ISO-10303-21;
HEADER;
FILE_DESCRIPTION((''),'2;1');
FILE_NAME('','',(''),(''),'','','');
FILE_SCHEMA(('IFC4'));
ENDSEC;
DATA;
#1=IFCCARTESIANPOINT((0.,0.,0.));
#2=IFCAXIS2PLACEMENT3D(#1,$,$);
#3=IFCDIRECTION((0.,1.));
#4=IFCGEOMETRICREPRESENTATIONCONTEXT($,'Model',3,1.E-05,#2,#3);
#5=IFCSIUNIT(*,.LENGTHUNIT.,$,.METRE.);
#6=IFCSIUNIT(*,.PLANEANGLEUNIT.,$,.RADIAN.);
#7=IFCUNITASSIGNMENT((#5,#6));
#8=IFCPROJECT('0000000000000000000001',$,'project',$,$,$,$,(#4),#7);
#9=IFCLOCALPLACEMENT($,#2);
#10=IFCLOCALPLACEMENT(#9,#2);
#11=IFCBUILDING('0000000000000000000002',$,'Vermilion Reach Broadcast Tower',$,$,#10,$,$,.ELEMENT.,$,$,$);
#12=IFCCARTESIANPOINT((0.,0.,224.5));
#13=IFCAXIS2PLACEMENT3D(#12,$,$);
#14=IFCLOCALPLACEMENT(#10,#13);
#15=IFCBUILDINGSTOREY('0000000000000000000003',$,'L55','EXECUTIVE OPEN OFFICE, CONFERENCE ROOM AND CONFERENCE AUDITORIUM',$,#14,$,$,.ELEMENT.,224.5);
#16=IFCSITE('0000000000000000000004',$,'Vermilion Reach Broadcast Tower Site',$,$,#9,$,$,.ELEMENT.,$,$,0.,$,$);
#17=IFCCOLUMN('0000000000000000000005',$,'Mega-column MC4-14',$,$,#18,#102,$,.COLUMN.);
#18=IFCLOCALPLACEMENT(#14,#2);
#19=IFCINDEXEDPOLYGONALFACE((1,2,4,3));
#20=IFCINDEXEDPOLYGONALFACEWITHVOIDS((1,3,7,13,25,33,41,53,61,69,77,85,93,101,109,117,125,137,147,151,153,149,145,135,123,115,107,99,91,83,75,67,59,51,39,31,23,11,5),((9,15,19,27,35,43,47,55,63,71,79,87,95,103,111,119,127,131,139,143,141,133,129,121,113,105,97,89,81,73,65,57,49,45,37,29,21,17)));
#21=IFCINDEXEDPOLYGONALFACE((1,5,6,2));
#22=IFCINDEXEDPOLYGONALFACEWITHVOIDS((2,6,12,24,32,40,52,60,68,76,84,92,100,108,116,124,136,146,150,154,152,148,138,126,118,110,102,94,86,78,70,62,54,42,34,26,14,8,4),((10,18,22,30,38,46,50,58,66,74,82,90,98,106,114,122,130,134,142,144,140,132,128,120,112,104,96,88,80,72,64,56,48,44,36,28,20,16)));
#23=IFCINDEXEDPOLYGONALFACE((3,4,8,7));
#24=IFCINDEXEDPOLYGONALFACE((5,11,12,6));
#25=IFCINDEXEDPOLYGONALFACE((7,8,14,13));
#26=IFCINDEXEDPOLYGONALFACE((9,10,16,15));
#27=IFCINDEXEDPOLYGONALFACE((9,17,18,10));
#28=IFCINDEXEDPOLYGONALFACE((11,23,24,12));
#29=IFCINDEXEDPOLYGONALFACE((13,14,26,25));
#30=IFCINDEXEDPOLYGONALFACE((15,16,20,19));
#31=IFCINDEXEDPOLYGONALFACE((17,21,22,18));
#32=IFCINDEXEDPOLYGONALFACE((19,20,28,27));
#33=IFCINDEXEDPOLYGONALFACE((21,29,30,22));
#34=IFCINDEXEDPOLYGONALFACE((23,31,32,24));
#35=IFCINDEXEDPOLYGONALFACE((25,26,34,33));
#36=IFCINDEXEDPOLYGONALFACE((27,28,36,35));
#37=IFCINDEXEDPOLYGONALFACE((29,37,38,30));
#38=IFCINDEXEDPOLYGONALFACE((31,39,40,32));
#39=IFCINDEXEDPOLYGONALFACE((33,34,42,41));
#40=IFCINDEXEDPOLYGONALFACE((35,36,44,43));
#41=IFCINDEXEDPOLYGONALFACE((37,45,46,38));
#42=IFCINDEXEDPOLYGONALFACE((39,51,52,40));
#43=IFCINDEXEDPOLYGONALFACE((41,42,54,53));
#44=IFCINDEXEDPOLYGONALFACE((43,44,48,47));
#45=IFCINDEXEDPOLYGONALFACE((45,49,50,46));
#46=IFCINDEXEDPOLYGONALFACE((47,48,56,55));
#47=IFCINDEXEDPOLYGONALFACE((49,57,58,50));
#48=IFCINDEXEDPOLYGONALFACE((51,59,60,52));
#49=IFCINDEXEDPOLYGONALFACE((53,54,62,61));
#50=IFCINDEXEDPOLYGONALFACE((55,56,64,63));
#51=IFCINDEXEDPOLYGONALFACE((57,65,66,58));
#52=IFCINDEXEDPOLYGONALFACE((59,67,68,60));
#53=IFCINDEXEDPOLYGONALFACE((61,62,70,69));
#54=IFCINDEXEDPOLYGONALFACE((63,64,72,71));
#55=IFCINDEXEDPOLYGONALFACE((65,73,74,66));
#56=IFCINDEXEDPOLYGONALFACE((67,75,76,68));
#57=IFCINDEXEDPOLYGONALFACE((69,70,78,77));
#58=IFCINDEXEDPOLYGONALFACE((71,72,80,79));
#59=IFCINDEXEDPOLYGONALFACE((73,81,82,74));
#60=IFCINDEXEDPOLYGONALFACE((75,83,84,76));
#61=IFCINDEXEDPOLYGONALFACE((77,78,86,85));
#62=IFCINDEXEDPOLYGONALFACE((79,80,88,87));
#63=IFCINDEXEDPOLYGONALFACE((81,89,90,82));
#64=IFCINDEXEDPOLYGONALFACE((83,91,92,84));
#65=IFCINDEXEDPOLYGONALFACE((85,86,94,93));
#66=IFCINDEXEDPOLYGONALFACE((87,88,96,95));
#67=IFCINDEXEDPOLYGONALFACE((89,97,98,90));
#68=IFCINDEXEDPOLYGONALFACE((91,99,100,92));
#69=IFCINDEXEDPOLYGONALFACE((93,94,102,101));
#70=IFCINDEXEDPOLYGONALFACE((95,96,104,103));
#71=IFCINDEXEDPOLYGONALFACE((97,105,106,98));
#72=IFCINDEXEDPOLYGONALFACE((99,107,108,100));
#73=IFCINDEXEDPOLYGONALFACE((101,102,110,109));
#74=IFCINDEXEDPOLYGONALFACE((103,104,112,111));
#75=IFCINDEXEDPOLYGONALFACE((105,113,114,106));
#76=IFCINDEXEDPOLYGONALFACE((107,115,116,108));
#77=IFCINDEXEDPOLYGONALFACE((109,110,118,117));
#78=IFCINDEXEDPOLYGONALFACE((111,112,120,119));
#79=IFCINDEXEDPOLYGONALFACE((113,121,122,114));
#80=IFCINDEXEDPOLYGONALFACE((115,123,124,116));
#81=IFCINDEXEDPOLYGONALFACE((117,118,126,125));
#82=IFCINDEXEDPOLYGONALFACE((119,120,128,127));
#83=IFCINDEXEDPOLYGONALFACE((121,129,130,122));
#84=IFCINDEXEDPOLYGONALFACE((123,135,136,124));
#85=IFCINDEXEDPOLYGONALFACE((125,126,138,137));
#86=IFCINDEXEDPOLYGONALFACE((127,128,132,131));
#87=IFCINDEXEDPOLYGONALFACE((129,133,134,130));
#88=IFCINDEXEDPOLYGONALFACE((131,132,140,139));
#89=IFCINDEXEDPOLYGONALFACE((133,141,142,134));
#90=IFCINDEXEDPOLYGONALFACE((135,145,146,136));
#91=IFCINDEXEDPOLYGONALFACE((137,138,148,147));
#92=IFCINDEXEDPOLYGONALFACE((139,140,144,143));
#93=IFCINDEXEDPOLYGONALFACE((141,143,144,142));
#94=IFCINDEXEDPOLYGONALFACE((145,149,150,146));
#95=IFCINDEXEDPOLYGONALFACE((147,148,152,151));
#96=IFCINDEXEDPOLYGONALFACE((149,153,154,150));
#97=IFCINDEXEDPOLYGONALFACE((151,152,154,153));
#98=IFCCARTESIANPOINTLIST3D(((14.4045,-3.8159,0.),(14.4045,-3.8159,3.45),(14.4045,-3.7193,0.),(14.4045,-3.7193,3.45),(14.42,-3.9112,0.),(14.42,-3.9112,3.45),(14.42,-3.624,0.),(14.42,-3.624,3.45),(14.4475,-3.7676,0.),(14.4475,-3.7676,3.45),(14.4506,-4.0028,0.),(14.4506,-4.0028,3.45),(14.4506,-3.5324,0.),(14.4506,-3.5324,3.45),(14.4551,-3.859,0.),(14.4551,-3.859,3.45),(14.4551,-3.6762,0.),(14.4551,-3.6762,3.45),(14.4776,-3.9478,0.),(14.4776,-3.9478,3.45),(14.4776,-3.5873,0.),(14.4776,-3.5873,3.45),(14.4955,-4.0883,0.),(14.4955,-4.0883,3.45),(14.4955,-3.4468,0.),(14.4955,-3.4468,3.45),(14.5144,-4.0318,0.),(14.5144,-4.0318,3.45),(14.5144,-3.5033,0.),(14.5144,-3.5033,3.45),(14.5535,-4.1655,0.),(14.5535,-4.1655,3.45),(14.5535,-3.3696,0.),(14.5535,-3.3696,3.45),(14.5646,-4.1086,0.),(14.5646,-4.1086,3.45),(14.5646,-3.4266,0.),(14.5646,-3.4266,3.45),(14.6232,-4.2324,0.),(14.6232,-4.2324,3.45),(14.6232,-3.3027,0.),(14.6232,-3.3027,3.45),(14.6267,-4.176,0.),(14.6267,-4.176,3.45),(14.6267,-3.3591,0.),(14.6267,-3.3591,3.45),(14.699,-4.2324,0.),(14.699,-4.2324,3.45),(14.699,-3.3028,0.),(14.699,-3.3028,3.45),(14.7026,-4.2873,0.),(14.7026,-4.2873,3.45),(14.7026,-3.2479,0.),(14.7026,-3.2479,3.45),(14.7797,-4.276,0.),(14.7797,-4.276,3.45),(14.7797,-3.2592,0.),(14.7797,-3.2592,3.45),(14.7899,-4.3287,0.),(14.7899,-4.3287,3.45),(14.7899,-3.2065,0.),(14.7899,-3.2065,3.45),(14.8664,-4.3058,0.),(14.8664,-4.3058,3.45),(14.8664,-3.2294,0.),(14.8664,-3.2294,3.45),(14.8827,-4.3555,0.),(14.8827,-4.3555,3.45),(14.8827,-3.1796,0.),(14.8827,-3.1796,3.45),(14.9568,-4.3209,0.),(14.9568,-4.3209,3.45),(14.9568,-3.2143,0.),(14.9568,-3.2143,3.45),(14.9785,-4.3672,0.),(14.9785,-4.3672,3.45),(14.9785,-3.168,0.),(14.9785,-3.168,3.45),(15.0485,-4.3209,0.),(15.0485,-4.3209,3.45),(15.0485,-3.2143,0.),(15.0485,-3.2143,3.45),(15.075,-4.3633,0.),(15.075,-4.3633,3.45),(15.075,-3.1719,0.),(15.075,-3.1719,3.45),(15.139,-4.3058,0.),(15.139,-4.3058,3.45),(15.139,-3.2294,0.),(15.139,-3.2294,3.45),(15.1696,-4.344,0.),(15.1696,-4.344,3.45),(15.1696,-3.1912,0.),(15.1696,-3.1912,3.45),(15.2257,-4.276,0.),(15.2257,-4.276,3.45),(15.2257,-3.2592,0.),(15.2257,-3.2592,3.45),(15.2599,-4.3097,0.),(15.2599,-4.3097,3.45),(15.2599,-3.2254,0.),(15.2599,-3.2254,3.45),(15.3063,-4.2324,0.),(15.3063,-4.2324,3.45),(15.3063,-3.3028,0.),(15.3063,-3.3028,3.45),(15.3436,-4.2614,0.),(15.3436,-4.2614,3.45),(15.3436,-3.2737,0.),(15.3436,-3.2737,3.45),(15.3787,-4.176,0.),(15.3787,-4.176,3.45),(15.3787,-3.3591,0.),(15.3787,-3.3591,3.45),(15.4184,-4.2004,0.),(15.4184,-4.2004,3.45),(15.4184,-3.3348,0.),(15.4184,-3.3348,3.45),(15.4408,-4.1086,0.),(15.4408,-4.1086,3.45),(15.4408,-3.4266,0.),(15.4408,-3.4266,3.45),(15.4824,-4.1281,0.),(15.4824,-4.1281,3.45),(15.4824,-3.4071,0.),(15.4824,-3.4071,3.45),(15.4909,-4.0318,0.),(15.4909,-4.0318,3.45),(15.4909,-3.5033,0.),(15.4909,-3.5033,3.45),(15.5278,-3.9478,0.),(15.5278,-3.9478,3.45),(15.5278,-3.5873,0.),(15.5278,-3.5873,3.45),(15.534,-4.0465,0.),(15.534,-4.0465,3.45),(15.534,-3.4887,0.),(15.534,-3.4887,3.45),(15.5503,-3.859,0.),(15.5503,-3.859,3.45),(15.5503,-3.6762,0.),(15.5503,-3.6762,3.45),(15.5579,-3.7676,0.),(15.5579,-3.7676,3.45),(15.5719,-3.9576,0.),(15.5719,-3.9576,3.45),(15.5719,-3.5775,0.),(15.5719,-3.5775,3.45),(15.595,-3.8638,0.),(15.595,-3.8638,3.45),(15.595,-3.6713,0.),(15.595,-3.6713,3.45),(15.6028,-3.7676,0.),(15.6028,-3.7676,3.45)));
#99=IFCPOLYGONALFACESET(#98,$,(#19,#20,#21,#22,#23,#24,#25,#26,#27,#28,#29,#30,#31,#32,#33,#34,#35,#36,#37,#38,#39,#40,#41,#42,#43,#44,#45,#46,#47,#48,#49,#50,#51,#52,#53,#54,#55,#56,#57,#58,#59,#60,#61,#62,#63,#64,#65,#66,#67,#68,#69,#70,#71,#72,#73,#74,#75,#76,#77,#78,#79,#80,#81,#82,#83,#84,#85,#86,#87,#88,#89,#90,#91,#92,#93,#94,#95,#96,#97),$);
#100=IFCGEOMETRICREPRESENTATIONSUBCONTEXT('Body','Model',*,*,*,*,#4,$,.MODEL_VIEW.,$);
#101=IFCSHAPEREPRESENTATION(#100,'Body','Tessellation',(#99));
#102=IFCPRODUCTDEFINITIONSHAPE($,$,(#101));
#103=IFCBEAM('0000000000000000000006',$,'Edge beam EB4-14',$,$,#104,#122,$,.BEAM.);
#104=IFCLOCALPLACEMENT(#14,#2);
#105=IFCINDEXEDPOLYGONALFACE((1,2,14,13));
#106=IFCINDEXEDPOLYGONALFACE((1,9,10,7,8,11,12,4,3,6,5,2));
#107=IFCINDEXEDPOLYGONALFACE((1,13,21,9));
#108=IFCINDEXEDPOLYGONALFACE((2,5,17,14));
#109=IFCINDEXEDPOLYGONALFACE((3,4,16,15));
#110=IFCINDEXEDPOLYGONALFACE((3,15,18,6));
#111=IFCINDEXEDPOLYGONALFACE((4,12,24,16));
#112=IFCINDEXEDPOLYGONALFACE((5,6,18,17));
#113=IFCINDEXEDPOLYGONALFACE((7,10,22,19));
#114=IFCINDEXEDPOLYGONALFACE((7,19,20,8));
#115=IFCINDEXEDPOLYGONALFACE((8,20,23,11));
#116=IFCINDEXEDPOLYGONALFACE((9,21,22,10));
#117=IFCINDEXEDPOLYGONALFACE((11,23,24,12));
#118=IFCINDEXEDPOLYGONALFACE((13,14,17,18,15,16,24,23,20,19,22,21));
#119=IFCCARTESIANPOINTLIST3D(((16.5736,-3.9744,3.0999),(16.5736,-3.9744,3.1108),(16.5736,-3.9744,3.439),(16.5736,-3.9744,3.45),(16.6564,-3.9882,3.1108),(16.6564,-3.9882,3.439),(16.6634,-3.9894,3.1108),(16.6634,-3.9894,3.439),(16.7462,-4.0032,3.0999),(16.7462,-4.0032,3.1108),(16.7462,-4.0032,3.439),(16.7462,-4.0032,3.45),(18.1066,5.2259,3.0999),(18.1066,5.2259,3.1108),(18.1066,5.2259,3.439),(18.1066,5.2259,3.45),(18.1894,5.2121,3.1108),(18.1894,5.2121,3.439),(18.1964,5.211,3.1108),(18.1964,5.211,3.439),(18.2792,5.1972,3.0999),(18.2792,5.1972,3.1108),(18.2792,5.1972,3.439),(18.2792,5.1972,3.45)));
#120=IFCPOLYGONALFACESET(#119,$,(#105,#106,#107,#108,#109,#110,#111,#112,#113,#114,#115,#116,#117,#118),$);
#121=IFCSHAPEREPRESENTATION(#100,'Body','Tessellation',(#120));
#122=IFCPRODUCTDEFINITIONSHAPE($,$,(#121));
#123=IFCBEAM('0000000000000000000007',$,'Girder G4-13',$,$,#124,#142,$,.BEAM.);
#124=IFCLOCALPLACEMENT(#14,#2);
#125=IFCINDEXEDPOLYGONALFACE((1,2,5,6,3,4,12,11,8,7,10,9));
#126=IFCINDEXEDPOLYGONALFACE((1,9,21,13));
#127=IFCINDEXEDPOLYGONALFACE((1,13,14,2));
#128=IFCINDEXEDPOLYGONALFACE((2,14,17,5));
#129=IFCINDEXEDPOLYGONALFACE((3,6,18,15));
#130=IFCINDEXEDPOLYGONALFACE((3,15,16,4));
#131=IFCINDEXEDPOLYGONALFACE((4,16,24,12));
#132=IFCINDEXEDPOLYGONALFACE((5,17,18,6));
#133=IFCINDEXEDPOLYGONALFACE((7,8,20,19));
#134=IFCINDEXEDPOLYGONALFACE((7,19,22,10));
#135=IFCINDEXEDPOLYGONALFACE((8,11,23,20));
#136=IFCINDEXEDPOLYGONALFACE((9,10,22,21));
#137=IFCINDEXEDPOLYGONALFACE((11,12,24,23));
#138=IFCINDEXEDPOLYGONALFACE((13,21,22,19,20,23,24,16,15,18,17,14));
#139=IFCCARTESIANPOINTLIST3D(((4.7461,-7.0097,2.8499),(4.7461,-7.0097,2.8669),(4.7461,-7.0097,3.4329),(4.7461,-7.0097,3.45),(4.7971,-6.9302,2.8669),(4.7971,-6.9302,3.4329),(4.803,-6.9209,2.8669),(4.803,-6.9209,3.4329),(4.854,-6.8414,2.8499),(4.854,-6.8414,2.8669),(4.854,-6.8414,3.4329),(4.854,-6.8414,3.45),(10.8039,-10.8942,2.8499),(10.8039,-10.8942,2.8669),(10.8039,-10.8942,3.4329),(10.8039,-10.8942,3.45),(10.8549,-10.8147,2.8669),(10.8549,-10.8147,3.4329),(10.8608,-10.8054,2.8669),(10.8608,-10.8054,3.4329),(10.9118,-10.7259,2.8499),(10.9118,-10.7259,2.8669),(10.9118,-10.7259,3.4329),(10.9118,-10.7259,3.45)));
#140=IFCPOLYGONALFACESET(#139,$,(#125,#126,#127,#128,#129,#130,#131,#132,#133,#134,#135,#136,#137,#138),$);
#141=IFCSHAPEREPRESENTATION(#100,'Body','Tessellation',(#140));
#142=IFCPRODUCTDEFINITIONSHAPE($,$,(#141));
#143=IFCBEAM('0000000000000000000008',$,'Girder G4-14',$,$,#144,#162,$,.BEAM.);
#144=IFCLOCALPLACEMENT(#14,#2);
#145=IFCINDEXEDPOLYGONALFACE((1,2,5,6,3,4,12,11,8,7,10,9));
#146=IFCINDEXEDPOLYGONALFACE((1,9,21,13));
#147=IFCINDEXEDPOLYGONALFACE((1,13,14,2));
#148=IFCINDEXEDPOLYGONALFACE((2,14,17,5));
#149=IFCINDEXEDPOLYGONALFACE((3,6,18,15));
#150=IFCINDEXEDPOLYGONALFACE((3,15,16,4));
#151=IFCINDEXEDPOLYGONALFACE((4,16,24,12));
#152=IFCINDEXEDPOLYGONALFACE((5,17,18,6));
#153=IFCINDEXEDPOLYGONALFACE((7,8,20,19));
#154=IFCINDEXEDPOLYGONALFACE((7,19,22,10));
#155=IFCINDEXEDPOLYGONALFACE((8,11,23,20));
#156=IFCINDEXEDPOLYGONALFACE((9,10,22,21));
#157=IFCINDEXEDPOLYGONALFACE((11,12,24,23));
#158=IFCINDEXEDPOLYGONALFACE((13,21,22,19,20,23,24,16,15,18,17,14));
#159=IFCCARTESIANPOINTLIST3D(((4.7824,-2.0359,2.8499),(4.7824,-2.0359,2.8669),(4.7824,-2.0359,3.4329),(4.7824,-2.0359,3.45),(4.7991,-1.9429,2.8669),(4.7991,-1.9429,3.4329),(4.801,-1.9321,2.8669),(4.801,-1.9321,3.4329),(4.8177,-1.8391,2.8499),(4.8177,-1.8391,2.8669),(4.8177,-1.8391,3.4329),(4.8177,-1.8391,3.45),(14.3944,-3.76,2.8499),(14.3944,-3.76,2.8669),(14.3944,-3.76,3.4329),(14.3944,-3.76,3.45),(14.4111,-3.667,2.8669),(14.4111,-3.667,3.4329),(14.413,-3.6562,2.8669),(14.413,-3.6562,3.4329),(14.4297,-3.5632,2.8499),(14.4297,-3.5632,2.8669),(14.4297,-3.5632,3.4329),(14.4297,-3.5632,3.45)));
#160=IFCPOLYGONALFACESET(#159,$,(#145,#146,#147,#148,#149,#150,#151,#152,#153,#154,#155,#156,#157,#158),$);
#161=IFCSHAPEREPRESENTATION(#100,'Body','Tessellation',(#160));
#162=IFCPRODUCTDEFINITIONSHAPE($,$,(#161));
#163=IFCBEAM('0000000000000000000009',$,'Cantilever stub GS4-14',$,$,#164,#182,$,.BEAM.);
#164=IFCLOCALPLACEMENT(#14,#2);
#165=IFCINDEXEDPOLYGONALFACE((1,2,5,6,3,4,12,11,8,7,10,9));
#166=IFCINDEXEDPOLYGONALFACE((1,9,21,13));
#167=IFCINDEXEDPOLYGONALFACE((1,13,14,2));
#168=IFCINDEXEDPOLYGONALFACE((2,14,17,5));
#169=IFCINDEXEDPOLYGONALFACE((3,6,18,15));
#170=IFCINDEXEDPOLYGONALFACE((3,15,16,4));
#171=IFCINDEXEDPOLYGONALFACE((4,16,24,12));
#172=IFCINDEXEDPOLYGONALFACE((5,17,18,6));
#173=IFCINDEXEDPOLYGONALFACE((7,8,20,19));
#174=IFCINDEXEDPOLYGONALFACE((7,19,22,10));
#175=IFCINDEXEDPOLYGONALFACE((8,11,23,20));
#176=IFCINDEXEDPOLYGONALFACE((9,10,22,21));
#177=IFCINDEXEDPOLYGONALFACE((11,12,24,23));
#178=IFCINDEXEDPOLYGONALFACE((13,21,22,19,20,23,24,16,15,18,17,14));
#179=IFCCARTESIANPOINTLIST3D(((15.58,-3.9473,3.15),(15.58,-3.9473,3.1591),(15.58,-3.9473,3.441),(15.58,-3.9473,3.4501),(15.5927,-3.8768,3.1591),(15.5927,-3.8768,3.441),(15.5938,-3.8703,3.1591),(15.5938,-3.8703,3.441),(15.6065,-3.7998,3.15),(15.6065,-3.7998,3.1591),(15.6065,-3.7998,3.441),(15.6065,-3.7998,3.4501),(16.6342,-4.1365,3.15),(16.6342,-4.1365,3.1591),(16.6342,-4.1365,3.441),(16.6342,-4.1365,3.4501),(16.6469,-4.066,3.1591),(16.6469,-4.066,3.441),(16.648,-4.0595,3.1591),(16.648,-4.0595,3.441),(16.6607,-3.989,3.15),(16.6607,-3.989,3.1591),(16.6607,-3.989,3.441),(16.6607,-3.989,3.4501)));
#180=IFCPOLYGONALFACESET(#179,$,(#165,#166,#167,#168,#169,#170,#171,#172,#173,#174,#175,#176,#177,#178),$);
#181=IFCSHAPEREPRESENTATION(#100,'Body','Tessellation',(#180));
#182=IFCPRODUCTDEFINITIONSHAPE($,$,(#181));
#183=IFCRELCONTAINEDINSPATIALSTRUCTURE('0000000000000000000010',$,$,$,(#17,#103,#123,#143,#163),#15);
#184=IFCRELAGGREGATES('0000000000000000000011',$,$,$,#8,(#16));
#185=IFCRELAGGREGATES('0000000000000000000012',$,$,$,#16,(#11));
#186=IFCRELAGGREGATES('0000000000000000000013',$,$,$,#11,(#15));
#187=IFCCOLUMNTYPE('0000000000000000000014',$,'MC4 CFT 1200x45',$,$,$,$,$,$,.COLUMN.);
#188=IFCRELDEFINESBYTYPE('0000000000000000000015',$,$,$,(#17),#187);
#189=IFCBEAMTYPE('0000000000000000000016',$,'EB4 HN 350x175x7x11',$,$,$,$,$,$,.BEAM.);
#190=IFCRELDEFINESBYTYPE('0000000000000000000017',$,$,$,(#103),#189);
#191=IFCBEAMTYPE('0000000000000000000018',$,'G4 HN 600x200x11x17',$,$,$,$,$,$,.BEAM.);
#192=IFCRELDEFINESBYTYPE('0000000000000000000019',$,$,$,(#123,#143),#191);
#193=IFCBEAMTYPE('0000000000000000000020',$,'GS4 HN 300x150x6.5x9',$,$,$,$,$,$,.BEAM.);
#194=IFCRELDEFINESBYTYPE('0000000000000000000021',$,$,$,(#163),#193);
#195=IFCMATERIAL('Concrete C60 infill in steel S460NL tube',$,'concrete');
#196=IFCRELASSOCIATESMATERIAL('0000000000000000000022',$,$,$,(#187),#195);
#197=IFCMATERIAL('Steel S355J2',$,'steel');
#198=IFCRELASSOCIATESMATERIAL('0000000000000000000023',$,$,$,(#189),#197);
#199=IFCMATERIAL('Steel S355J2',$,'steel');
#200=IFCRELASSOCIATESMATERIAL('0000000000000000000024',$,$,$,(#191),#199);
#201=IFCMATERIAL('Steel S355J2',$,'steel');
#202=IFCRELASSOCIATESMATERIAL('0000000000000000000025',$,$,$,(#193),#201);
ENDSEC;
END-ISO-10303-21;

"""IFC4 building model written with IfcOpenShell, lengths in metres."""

from ifc_helpers import new_model, si_unit, direction, frame, origin, origin_2d, place, context, subcontext, project, spatial, hollow_circle, i_section, extrude, material, material_profile, profile_set, type_object, element, save


model = new_model("IFC4")

# Units and contexts
model_context = context("Model", 3, precision=1e-05, world=origin(), true_north=direction((0.0, 1.0)))
body_context = subcontext(model_context, "Body", "Model", "MODEL_VIEW")
ifc_project = project(units=[si_unit("LENGTHUNIT", "METRE"), si_unit("PLANEANGLEUNIT", "RADIAN")], contexts=[model_context])

# Site, building, storey
site_placement = place(None, origin())
site = spatial("IfcSite", under=ifc_project, at=site_placement, Name="Vermilion Reach Broadcast Tower Site", CompositionType="ELEMENT", RefElevation=0.0)
building_placement = place(site_placement, origin())
building = spatial("IfcBuilding", under=site, at=building_placement, Name="Vermilion Reach Broadcast Tower", CompositionType="ELEMENT")
storey_placement = place(building_placement, frame((0.0, 0.0, 224.5)))
storey = spatial("IfcBuildingStorey", under=building, at=storey_placement, Name="L55", Description="EXECUTIVE OPEN OFFICE, CONFERENCE ROOM AND CONFERENCE AUDITORIUM", CompositionType="ELEMENT", Elevation=224.5)

# Column
ifc_material_1 = material(Name="Concrete C60 infill in steel S460NL tube", Category="concrete")
ifc_material_profile_1 = material_profile(ifc_material_1, hollow_circle(Radius=0.6001, WallThickness=0.0449, at=origin_2d()), Name="Concrete C60 infill in steel S460NL tube CFT 1200x45")
ifc_profile_set_1 = profile_set([ifc_material_profile_1], Name="Concrete C60 infill in steel S460NL tube")
column_type = type_object("IfcColumnType", Name="MC4 CFT 1200x45", PredefinedType="COLUMN", material=ifc_profile_set_1)
column_placement = place(storey_placement, frame((15.0027, -3.7676, 0.0), z_axis=(0.0, 0.0, 1.0), x_axis=(1.0, 0.0, 0.0)))
element("IfcColumn", 1, at=column_placement, inside=storey, type_object=column_type, Name="Mega-column MC4-14", PredefinedType="COLUMN", context=body_context, shape_type="SweptSolid", body=[
    extrude(hollow_circle(Radius=0.6001, WallThickness=0.0449, at=origin_2d()), origin(), (0.0, 0.0, 1.0), 3.45),
])

# Beams
ifc_material_2 = material(Name="Steel S355J2", Category="steel")
ifc_material_profile_2 = material_profile(ifc_material_2, i_section(OverallWidth=0.175, OverallDepth=0.3501, WebThickness=0.0071, FlangeThickness=0.011, at=origin_2d()), Name="S355J2 HN 350x175x7x11")
ifc_profile_set_2 = profile_set([ifc_material_profile_2], Name="Steel S355J2")
beam_type_1 = type_object("IfcBeamType", Name="EB4 HN 350x175x7x11", PredefinedType="BEAM", material=ifc_profile_set_2)
beam_1_placement = place(storey_placement, frame((16.6599, -3.9888, 3.2749), z_axis=(0.164357, 0.986401, 0.0), x_axis=(-0.986401, 0.164357, 0.0)))
element("IfcBeam", 2, at=beam_1_placement, inside=storey, type_object=beam_type_1, Name="Edge beam EB4-14", PredefinedType="BEAM", context=body_context, shape_type="SweptSolid", body=[
    extrude(i_section(OverallWidth=0.175, OverallDepth=0.3501, WebThickness=0.0071, FlangeThickness=0.011, at=origin_2d()), origin(), (0.0, 0.0, 1.0), 9.3271),
])
ifc_material_3 = material(Name="Steel S355J2", Category="steel")
ifc_material_profile_3 = material_profile(ifc_material_3, i_section(OverallWidth=0.2, OverallDepth=0.6001, WebThickness=0.011, FlangeThickness=0.0171, at=origin_2d()), Name="S355J2 HN 600x200x11x17")
ifc_profile_set_3 = profile_set([ifc_material_profile_3], Name="Steel S355J2")
beam_type_2 = type_object("IfcBeamType", Name="G4 HN 600x200x11x17", PredefinedType="BEAM", material=ifc_profile_set_3)
beam_2_placement = place(storey_placement, frame((4.8, -6.9255, 3.1499), z_axis=(0.841799, -0.539792, 0.0), x_axis=(0.539792, 0.841799, 0.0)))
element("IfcBeam", 3, at=beam_2_placement, inside=storey, type_object=beam_type_2, Name="Girder G4-13", PredefinedType="BEAM", context=body_context, shape_type="SweptSolid", body=[
    extrude(i_section(OverallWidth=0.2, OverallDepth=0.6001, WebThickness=0.011, FlangeThickness=0.0171, at=origin_2d()), origin(), (0.0, 0.0, 1.0), 7.1963),
])
beam_3_placement = place(storey_placement, frame((4.8, -1.9375, 3.1499), z_axis=(0.984291, -0.176553, 0.0), x_axis=(0.176553, 0.984291, 0.0)))
element("IfcBeam", 4, at=beam_3_placement, inside=storey, type_object=beam_type_2, Name="Girder G4-14", PredefinedType="BEAM", context=body_context, shape_type="SweptSolid", body=[
    extrude(i_section(OverallWidth=0.2, OverallDepth=0.6001, WebThickness=0.011, FlangeThickness=0.0171, at=origin_2d()), origin(), (0.0, 0.0, 1.0), 9.7654),
])
ifc_material_4 = material(Name="Steel S355J2", Category="steel")
ifc_material_profile_4 = material_profile(ifc_material_4, i_section(OverallWidth=0.1499, OverallDepth=0.3, WebThickness=0.0066, FlangeThickness=0.009, at=origin_2d()), Name="S355J2 HN 300x150x6.5x9")
ifc_profile_set_4 = profile_set([ifc_material_profile_4], Name="Steel S355J2")
beam_type_3 = type_object("IfcBeamType", Name="GS4 HN 300x150x6.5x9", PredefinedType="BEAM", material=ifc_profile_set_4)
beam_4_placement = place(storey_placement, frame((15.5933, -3.8735, 3.3), z_axis=(0.984272, -0.176658, 0.0), x_axis=(0.176658, 0.984272, 0.0)))
element("IfcBeam", 5, at=beam_4_placement, inside=storey, type_object=beam_type_3, Name="Cantilever stub GS4-14", PredefinedType="BEAM", context=body_context, shape_type="SweptSolid", body=[
    extrude(i_section(OverallWidth=0.1499, OverallDepth=0.3, WebThickness=0.0066, FlangeThickness=0.009, at=origin_2d()), origin(), (0.0, 0.0, 1.0), 1.071),
])

save(model, "model.ifc")
